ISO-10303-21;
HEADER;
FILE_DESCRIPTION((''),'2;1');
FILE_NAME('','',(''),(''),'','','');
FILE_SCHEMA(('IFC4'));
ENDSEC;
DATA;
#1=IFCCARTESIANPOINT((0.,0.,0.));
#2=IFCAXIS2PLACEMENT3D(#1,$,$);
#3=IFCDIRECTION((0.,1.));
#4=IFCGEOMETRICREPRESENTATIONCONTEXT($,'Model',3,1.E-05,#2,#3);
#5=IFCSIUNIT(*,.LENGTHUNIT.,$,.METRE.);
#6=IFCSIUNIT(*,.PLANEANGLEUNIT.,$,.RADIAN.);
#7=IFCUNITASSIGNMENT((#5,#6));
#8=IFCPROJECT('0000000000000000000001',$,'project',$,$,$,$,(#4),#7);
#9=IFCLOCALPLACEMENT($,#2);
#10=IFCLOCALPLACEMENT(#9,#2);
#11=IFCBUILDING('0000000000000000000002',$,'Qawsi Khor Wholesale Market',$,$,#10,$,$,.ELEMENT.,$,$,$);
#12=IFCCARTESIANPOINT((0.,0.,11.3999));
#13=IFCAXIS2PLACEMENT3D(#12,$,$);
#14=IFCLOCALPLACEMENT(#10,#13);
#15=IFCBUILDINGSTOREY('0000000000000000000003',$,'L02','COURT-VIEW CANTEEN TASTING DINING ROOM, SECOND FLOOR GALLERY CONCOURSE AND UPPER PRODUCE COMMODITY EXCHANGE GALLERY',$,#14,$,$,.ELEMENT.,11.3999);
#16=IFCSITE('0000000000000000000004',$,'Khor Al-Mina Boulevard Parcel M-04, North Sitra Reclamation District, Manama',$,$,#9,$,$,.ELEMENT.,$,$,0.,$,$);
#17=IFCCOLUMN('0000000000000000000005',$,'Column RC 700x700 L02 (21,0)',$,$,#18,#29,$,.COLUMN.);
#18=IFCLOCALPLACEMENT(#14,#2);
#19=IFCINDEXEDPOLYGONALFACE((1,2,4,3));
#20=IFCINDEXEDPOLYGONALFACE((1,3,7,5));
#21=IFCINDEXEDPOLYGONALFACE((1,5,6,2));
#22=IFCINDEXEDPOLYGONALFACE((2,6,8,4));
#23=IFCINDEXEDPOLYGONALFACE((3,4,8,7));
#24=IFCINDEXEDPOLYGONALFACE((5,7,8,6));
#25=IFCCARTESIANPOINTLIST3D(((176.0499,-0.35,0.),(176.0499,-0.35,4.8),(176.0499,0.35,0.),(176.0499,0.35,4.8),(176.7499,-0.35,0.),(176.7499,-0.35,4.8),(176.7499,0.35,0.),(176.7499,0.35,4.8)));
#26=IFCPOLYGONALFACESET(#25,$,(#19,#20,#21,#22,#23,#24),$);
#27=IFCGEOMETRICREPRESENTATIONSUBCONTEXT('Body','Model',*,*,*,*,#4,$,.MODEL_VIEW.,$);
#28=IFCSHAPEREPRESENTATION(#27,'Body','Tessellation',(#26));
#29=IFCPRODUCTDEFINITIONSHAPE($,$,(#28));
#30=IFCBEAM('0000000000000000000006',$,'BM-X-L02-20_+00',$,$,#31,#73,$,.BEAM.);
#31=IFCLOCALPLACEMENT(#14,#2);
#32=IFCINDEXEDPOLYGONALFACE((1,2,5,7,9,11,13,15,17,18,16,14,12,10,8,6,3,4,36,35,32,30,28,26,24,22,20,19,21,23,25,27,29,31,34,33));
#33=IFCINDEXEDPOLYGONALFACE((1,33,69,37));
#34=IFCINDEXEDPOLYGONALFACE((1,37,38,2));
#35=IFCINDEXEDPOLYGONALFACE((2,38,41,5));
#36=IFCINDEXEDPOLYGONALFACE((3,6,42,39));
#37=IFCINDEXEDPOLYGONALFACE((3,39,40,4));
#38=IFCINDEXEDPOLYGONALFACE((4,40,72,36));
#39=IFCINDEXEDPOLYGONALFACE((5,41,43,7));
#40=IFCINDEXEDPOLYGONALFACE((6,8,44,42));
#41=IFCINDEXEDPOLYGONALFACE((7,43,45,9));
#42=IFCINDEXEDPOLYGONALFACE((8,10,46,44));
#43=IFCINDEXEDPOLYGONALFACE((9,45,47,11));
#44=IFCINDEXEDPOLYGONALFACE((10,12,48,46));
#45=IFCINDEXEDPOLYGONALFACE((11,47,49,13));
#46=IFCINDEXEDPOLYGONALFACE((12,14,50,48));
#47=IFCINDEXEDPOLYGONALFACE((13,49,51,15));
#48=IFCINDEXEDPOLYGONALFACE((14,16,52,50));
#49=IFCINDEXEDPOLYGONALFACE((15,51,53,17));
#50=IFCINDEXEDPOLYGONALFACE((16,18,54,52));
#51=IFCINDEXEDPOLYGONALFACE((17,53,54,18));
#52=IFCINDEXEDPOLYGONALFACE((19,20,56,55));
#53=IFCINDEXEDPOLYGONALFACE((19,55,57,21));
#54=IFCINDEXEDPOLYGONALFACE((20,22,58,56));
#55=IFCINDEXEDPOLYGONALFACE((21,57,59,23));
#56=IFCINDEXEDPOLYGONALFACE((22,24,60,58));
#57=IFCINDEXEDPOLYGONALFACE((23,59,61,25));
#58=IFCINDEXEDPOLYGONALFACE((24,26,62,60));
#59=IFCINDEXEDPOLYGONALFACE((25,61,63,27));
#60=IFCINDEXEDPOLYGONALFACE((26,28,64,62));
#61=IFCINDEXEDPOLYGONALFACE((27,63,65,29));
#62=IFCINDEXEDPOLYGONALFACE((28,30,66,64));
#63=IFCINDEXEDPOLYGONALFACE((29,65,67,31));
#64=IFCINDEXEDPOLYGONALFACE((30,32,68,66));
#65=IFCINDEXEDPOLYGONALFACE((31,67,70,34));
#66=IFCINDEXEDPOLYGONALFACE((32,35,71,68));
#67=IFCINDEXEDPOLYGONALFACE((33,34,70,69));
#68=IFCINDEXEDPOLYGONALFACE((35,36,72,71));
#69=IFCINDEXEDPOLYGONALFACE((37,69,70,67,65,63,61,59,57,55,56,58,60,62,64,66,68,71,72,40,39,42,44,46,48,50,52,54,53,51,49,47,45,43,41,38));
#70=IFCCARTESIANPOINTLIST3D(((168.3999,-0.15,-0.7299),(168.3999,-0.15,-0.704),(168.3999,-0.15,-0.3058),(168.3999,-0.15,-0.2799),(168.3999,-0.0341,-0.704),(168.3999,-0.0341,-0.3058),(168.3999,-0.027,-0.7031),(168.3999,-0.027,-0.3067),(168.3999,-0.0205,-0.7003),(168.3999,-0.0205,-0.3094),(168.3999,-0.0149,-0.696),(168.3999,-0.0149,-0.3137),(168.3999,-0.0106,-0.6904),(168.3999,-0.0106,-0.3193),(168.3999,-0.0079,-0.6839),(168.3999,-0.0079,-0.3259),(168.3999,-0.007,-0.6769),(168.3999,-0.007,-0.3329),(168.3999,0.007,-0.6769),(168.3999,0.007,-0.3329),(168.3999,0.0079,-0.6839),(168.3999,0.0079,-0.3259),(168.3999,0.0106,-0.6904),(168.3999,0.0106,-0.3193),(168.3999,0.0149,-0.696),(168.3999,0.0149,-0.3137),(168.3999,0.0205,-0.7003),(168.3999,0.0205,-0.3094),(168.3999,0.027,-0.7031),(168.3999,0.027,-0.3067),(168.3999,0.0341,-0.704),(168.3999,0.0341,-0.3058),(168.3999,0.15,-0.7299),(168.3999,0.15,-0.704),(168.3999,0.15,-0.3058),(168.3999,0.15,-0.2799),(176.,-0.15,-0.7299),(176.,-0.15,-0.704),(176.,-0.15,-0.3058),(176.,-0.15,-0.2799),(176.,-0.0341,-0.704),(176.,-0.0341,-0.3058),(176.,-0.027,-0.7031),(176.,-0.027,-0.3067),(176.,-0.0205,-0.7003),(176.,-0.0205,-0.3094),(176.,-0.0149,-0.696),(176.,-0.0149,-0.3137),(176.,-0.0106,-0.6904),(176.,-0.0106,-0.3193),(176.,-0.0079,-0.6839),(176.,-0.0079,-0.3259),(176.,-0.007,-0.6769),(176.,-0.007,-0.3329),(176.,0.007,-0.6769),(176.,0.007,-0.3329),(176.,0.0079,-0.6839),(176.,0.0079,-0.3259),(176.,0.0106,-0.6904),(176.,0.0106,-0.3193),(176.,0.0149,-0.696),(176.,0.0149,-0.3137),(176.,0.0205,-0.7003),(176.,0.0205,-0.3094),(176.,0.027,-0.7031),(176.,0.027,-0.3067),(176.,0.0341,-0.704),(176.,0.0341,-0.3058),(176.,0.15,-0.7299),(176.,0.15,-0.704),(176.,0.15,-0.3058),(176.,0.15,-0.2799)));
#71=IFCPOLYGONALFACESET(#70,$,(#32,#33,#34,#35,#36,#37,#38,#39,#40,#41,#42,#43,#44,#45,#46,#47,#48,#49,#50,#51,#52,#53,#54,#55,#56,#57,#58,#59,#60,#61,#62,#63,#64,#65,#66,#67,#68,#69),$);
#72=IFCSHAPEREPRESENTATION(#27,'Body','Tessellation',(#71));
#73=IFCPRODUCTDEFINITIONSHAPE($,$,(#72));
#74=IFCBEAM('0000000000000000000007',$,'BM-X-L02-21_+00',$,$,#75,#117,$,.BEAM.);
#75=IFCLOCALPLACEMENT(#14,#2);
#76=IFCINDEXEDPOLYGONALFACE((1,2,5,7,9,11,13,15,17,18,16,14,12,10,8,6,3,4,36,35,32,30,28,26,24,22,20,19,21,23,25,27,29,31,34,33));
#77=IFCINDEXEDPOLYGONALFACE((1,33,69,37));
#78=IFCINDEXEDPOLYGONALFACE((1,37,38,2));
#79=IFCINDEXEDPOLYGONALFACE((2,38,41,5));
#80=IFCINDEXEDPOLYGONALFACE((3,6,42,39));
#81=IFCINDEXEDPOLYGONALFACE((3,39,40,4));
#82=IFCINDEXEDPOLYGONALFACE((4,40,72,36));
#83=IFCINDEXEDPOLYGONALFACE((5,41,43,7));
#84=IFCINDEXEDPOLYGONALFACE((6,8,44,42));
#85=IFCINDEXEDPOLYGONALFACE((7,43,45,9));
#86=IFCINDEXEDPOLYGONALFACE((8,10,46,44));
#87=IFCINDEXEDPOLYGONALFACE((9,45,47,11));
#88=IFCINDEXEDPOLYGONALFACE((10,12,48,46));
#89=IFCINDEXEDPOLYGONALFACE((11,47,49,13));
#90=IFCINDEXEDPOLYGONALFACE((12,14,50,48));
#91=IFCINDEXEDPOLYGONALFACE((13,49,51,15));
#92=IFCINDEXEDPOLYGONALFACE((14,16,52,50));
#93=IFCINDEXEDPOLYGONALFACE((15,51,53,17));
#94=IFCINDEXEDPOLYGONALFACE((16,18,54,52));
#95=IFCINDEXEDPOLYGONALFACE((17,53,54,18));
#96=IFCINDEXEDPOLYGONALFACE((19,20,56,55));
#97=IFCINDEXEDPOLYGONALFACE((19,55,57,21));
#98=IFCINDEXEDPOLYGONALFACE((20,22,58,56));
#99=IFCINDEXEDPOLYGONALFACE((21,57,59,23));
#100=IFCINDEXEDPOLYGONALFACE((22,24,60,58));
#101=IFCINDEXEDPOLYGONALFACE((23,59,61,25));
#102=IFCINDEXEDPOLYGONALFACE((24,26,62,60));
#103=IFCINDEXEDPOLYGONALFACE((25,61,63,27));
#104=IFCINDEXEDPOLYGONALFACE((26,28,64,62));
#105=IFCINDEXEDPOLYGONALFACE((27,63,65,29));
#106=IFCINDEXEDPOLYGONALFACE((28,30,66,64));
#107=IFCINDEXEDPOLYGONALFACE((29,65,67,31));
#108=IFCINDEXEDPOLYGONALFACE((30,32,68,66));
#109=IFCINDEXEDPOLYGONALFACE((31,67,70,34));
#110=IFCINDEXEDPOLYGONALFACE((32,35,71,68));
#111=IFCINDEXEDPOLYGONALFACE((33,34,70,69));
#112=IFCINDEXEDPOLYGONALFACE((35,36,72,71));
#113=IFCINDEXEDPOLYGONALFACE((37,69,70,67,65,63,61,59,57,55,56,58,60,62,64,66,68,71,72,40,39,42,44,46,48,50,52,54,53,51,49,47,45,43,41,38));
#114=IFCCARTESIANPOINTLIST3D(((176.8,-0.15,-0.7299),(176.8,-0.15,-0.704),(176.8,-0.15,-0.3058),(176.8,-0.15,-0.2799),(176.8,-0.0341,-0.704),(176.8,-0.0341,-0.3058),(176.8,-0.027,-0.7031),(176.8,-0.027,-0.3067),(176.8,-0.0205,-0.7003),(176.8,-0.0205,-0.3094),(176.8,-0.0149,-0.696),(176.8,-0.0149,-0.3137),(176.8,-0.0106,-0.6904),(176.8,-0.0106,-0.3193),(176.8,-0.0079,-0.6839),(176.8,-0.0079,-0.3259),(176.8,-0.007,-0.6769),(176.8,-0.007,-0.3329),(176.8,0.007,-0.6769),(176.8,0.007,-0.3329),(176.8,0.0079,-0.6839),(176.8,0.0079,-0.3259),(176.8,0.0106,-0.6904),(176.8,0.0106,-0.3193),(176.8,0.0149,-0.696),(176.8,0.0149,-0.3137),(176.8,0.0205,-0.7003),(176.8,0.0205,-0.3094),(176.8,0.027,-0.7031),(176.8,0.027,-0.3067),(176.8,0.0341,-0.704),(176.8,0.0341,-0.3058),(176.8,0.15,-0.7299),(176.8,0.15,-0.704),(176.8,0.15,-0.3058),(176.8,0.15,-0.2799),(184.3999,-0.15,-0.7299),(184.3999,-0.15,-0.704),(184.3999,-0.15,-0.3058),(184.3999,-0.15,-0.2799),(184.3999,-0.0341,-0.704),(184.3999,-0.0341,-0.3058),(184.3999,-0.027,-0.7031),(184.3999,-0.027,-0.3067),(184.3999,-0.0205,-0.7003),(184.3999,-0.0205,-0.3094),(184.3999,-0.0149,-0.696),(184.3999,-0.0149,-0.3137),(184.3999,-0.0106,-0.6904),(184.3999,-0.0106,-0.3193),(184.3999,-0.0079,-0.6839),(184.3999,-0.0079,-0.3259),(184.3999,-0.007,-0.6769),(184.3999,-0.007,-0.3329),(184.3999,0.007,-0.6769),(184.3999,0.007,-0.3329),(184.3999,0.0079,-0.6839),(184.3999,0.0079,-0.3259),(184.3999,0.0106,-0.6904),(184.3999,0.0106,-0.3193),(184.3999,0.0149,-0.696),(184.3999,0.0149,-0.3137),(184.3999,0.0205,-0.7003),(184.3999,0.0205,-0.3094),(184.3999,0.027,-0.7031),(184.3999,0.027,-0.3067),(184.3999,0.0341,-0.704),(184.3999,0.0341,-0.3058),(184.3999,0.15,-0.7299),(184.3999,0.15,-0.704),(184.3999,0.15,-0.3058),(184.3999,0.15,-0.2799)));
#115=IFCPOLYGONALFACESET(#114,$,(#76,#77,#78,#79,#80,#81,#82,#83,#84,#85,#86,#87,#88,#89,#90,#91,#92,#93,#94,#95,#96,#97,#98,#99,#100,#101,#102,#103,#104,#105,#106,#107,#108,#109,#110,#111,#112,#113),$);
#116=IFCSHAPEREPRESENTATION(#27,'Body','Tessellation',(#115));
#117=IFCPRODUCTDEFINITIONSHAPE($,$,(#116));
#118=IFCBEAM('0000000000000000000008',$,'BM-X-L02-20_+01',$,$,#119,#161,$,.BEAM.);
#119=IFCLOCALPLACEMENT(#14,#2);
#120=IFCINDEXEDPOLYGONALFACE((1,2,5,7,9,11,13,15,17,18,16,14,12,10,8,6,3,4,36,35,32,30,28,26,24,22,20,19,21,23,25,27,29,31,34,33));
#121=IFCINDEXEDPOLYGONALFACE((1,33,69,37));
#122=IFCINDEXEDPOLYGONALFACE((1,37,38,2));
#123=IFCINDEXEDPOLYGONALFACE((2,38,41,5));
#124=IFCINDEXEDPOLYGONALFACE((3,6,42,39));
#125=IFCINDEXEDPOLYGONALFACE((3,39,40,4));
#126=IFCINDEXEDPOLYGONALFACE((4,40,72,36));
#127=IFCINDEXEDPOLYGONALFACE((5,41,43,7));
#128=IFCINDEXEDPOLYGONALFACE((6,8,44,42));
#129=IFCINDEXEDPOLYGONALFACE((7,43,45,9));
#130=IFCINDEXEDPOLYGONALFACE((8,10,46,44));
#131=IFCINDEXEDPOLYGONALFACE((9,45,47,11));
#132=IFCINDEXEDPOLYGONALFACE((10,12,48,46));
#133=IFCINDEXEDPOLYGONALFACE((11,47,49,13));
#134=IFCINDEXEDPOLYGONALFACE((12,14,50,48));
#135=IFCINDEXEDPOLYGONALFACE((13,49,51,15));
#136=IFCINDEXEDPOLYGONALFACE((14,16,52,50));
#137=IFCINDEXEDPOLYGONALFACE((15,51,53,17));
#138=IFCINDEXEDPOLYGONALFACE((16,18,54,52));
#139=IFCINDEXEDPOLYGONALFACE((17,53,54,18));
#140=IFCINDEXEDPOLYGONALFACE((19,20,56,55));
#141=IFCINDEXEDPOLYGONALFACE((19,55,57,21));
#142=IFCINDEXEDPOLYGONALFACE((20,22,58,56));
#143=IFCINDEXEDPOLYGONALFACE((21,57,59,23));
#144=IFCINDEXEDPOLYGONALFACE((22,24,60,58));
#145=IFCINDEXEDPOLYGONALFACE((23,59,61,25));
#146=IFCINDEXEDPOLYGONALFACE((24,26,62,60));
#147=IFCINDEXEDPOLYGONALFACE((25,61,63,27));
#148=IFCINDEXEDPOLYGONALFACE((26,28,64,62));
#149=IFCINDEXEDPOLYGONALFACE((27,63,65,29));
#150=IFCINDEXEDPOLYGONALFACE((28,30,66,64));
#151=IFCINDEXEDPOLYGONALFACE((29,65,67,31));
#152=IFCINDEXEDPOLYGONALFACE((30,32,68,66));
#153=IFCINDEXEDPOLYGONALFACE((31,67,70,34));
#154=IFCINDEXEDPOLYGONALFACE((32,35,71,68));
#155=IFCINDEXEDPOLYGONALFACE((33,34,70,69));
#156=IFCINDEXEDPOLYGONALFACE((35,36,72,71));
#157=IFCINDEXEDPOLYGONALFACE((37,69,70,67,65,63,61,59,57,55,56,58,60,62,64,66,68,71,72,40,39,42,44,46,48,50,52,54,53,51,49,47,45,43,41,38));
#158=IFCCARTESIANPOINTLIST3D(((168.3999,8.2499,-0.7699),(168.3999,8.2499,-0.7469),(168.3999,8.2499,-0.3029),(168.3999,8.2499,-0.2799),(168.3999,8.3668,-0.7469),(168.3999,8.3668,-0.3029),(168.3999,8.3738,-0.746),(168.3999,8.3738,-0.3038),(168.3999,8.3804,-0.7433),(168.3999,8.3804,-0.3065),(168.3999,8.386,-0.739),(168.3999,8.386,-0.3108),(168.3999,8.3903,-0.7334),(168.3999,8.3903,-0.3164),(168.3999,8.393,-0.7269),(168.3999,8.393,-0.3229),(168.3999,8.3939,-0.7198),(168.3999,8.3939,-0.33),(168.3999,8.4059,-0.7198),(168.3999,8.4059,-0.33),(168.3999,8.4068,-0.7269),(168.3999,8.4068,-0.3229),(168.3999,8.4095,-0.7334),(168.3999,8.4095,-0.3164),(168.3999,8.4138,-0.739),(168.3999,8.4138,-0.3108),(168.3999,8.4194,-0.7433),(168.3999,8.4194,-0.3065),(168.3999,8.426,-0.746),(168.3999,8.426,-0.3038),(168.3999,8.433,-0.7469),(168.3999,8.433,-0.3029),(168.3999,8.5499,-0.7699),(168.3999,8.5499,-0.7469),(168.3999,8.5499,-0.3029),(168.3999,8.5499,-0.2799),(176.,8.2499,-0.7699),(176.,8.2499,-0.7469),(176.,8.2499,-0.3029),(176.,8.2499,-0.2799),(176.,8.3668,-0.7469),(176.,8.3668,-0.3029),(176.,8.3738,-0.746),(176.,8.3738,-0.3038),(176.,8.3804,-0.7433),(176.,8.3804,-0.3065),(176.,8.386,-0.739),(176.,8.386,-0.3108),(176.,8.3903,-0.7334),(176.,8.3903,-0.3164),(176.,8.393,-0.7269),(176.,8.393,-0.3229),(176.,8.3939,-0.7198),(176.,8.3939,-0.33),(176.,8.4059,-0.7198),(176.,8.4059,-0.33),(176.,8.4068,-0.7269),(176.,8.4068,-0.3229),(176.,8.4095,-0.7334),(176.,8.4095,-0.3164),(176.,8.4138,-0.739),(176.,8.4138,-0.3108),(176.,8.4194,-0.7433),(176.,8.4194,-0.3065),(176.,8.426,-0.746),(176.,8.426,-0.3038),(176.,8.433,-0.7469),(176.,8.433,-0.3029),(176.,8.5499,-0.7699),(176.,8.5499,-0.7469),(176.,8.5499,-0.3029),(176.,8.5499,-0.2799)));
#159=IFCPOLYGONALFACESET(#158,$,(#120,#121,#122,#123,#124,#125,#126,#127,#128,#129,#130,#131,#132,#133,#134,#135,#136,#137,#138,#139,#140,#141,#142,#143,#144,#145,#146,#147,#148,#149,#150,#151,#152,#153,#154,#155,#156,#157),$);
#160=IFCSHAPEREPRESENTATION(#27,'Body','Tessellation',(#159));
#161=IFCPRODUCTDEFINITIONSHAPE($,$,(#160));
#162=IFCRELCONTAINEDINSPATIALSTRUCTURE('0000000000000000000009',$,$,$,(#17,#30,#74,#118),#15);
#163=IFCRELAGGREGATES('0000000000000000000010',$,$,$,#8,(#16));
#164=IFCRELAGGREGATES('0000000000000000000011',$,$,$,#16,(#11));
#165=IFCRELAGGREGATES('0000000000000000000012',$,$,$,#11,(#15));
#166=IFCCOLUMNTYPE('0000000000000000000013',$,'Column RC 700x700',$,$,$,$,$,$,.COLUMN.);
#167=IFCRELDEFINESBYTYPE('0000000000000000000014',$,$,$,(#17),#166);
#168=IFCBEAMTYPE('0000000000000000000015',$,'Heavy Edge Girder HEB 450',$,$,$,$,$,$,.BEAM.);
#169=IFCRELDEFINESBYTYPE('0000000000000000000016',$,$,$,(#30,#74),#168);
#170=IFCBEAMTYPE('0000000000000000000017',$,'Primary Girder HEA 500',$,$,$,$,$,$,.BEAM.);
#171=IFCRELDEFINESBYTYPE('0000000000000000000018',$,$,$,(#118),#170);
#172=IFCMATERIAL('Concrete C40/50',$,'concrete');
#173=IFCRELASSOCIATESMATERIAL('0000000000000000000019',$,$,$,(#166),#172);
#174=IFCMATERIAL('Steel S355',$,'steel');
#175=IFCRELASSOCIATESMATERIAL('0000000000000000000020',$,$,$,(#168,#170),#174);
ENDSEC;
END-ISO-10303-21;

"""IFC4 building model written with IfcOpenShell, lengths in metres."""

from ifc_helpers import new_model, si_unit, direction, frame, origin, origin_2d, place, context, subcontext, project, spatial, rectangle, i_section, extrude, material, material_profile, profile_set, type_object, element, save


model = new_model("IFC4")

# Units and contexts
model_context = context("Model", 3, precision=1e-05, world=origin(), true_north=direction((0.0, 1.0)))
body_context = subcontext(model_context, "Body", "Model", "MODEL_VIEW")
ifc_project = project(units=[si_unit("LENGTHUNIT", "METRE"), si_unit("PLANEANGLEUNIT", "RADIAN")], contexts=[model_context])

# Site, building, storey
site_placement = place(None, origin())
site = spatial("IfcSite", under=ifc_project, at=site_placement, Name="Khor Al-Mina Boulevard Parcel M-04, North Sitra Reclamation District, Manama", CompositionType="ELEMENT", RefElevation=0.0)
building_placement = place(site_placement, origin())
building = spatial("IfcBuilding", under=site, at=building_placement, Name="Qawsi Khor Wholesale Market", CompositionType="ELEMENT")
storey_placement = place(building_placement, frame((0.0, 0.0, 11.3999)))
storey = spatial("IfcBuildingStorey", under=building, at=storey_placement, Name="L02", Description="COURT-VIEW CANTEEN TASTING DINING ROOM, SECOND FLOOR GALLERY CONCOURSE AND UPPER PRODUCE COMMODITY EXCHANGE GALLERY", CompositionType="ELEMENT", Elevation=11.3999)

# Column
ifc_material_1 = material(Name="Concrete C40/50", Category="concrete")
ifc_material_profile_1 = material_profile(ifc_material_1, rectangle(XDim=0.7, YDim=0.7, at=origin_2d()), Name="RC 700x700")
ifc_profile_set_1 = profile_set([ifc_material_profile_1], Name="Concrete C40/50")
column_type = type_object("IfcColumnType", Name="Column RC 700x700", PredefinedType="COLUMN", material=ifc_profile_set_1)
column_placement = place(storey_placement, frame((176.3999, 0.0, 0.0), z_axis=(0.0, 0.0, 1.0), x_axis=(1.0, 0.0, 0.0)))
element("IfcColumn", 1, at=column_placement, inside=storey, type_object=column_type, Name="Column RC 700x700 L02 (21,0)", PredefinedType="COLUMN", context=body_context, shape_type="SweptSolid", body=[
    extrude(rectangle(XDim=0.7, YDim=0.7, at=origin_2d()), origin(), (0.0, 0.0, 1.0), 4.8),
])

# Beams
ifc_material_2 = material(Name="Steel S355", Category="steel")
ifc_material_profile_2 = material_profile(ifc_material_2, i_section(OverallWidth=0.3, OverallDepth=0.45, WebThickness=0.0139, FlangeThickness=0.0259, FilletRadius=0.0271, at=origin_2d()), Name="HEB 450")
ifc_profile_set_2 = profile_set([ifc_material_profile_2], Name="Steel S355")
beam_type_1 = type_object("IfcBeamType", Name="Heavy Edge Girder HEB 450", PredefinedType="BEAM", material=ifc_profile_set_2)
beam_1_placement = place(storey_placement, frame((168.3999, 0.0, -0.5049), z_axis=(1.0, 0.0, 0.0), x_axis=(0.0, 1.0, 0.0)))
element("IfcBeam", 2, at=beam_1_placement, inside=storey, type_object=beam_type_1, Name="BM-X-L02-20_+00", PredefinedType="BEAM", context=body_context, shape_type="SweptSolid", body=[
    extrude(i_section(OverallWidth=0.3, OverallDepth=0.45, WebThickness=0.0139, FlangeThickness=0.0259, FilletRadius=0.0271, at=origin_2d()), origin(), (0.0, 0.0, 1.0), 7.6001),
])
beam_2_placement = place(storey_placement, frame((176.8, 0.0, -0.5049), z_axis=(1.0, 0.0, 0.0), x_axis=(0.0, 1.0, 0.0)))
element("IfcBeam", 3, at=beam_2_placement, inside=storey, type_object=beam_type_1, Name="BM-X-L02-21_+00", PredefinedType="BEAM", context=body_context, shape_type="SweptSolid", body=[
    extrude(i_section(OverallWidth=0.3, OverallDepth=0.45, WebThickness=0.0139, FlangeThickness=0.0259, FilletRadius=0.0271, at=origin_2d()), origin(), (0.0, 0.0, 1.0), 7.5999),
])
ifc_material_profile_3 = material_profile(ifc_material_2, i_section(OverallWidth=0.3, OverallDepth=0.49, WebThickness=0.012, FlangeThickness=0.0229, FilletRadius=0.0271, at=origin_2d()), Name="HEA 500")
ifc_profile_set_3 = profile_set([ifc_material_profile_3], Name="Steel S355")
beam_type_2 = type_object("IfcBeamType", Name="Primary Girder HEA 500", PredefinedType="BEAM", material=ifc_profile_set_3)
beam_3_placement = place(storey_placement, frame((168.3999, 8.3999, -0.5249), z_axis=(1.0, 0.0, 0.0), x_axis=(0.0, 1.0, 0.0)))
element("IfcBeam", 4, at=beam_3_placement, inside=storey, type_object=beam_type_2, Name="BM-X-L02-20_+01", PredefinedType="BEAM", context=body_context, shape_type="SweptSolid", body=[
    extrude(i_section(OverallWidth=0.3, OverallDepth=0.49, WebThickness=0.012, FlangeThickness=0.0229, FilletRadius=0.0271, at=origin_2d()), origin(), (0.0, 0.0, 1.0), 7.6001),
])

save(model, "model.ifc")
